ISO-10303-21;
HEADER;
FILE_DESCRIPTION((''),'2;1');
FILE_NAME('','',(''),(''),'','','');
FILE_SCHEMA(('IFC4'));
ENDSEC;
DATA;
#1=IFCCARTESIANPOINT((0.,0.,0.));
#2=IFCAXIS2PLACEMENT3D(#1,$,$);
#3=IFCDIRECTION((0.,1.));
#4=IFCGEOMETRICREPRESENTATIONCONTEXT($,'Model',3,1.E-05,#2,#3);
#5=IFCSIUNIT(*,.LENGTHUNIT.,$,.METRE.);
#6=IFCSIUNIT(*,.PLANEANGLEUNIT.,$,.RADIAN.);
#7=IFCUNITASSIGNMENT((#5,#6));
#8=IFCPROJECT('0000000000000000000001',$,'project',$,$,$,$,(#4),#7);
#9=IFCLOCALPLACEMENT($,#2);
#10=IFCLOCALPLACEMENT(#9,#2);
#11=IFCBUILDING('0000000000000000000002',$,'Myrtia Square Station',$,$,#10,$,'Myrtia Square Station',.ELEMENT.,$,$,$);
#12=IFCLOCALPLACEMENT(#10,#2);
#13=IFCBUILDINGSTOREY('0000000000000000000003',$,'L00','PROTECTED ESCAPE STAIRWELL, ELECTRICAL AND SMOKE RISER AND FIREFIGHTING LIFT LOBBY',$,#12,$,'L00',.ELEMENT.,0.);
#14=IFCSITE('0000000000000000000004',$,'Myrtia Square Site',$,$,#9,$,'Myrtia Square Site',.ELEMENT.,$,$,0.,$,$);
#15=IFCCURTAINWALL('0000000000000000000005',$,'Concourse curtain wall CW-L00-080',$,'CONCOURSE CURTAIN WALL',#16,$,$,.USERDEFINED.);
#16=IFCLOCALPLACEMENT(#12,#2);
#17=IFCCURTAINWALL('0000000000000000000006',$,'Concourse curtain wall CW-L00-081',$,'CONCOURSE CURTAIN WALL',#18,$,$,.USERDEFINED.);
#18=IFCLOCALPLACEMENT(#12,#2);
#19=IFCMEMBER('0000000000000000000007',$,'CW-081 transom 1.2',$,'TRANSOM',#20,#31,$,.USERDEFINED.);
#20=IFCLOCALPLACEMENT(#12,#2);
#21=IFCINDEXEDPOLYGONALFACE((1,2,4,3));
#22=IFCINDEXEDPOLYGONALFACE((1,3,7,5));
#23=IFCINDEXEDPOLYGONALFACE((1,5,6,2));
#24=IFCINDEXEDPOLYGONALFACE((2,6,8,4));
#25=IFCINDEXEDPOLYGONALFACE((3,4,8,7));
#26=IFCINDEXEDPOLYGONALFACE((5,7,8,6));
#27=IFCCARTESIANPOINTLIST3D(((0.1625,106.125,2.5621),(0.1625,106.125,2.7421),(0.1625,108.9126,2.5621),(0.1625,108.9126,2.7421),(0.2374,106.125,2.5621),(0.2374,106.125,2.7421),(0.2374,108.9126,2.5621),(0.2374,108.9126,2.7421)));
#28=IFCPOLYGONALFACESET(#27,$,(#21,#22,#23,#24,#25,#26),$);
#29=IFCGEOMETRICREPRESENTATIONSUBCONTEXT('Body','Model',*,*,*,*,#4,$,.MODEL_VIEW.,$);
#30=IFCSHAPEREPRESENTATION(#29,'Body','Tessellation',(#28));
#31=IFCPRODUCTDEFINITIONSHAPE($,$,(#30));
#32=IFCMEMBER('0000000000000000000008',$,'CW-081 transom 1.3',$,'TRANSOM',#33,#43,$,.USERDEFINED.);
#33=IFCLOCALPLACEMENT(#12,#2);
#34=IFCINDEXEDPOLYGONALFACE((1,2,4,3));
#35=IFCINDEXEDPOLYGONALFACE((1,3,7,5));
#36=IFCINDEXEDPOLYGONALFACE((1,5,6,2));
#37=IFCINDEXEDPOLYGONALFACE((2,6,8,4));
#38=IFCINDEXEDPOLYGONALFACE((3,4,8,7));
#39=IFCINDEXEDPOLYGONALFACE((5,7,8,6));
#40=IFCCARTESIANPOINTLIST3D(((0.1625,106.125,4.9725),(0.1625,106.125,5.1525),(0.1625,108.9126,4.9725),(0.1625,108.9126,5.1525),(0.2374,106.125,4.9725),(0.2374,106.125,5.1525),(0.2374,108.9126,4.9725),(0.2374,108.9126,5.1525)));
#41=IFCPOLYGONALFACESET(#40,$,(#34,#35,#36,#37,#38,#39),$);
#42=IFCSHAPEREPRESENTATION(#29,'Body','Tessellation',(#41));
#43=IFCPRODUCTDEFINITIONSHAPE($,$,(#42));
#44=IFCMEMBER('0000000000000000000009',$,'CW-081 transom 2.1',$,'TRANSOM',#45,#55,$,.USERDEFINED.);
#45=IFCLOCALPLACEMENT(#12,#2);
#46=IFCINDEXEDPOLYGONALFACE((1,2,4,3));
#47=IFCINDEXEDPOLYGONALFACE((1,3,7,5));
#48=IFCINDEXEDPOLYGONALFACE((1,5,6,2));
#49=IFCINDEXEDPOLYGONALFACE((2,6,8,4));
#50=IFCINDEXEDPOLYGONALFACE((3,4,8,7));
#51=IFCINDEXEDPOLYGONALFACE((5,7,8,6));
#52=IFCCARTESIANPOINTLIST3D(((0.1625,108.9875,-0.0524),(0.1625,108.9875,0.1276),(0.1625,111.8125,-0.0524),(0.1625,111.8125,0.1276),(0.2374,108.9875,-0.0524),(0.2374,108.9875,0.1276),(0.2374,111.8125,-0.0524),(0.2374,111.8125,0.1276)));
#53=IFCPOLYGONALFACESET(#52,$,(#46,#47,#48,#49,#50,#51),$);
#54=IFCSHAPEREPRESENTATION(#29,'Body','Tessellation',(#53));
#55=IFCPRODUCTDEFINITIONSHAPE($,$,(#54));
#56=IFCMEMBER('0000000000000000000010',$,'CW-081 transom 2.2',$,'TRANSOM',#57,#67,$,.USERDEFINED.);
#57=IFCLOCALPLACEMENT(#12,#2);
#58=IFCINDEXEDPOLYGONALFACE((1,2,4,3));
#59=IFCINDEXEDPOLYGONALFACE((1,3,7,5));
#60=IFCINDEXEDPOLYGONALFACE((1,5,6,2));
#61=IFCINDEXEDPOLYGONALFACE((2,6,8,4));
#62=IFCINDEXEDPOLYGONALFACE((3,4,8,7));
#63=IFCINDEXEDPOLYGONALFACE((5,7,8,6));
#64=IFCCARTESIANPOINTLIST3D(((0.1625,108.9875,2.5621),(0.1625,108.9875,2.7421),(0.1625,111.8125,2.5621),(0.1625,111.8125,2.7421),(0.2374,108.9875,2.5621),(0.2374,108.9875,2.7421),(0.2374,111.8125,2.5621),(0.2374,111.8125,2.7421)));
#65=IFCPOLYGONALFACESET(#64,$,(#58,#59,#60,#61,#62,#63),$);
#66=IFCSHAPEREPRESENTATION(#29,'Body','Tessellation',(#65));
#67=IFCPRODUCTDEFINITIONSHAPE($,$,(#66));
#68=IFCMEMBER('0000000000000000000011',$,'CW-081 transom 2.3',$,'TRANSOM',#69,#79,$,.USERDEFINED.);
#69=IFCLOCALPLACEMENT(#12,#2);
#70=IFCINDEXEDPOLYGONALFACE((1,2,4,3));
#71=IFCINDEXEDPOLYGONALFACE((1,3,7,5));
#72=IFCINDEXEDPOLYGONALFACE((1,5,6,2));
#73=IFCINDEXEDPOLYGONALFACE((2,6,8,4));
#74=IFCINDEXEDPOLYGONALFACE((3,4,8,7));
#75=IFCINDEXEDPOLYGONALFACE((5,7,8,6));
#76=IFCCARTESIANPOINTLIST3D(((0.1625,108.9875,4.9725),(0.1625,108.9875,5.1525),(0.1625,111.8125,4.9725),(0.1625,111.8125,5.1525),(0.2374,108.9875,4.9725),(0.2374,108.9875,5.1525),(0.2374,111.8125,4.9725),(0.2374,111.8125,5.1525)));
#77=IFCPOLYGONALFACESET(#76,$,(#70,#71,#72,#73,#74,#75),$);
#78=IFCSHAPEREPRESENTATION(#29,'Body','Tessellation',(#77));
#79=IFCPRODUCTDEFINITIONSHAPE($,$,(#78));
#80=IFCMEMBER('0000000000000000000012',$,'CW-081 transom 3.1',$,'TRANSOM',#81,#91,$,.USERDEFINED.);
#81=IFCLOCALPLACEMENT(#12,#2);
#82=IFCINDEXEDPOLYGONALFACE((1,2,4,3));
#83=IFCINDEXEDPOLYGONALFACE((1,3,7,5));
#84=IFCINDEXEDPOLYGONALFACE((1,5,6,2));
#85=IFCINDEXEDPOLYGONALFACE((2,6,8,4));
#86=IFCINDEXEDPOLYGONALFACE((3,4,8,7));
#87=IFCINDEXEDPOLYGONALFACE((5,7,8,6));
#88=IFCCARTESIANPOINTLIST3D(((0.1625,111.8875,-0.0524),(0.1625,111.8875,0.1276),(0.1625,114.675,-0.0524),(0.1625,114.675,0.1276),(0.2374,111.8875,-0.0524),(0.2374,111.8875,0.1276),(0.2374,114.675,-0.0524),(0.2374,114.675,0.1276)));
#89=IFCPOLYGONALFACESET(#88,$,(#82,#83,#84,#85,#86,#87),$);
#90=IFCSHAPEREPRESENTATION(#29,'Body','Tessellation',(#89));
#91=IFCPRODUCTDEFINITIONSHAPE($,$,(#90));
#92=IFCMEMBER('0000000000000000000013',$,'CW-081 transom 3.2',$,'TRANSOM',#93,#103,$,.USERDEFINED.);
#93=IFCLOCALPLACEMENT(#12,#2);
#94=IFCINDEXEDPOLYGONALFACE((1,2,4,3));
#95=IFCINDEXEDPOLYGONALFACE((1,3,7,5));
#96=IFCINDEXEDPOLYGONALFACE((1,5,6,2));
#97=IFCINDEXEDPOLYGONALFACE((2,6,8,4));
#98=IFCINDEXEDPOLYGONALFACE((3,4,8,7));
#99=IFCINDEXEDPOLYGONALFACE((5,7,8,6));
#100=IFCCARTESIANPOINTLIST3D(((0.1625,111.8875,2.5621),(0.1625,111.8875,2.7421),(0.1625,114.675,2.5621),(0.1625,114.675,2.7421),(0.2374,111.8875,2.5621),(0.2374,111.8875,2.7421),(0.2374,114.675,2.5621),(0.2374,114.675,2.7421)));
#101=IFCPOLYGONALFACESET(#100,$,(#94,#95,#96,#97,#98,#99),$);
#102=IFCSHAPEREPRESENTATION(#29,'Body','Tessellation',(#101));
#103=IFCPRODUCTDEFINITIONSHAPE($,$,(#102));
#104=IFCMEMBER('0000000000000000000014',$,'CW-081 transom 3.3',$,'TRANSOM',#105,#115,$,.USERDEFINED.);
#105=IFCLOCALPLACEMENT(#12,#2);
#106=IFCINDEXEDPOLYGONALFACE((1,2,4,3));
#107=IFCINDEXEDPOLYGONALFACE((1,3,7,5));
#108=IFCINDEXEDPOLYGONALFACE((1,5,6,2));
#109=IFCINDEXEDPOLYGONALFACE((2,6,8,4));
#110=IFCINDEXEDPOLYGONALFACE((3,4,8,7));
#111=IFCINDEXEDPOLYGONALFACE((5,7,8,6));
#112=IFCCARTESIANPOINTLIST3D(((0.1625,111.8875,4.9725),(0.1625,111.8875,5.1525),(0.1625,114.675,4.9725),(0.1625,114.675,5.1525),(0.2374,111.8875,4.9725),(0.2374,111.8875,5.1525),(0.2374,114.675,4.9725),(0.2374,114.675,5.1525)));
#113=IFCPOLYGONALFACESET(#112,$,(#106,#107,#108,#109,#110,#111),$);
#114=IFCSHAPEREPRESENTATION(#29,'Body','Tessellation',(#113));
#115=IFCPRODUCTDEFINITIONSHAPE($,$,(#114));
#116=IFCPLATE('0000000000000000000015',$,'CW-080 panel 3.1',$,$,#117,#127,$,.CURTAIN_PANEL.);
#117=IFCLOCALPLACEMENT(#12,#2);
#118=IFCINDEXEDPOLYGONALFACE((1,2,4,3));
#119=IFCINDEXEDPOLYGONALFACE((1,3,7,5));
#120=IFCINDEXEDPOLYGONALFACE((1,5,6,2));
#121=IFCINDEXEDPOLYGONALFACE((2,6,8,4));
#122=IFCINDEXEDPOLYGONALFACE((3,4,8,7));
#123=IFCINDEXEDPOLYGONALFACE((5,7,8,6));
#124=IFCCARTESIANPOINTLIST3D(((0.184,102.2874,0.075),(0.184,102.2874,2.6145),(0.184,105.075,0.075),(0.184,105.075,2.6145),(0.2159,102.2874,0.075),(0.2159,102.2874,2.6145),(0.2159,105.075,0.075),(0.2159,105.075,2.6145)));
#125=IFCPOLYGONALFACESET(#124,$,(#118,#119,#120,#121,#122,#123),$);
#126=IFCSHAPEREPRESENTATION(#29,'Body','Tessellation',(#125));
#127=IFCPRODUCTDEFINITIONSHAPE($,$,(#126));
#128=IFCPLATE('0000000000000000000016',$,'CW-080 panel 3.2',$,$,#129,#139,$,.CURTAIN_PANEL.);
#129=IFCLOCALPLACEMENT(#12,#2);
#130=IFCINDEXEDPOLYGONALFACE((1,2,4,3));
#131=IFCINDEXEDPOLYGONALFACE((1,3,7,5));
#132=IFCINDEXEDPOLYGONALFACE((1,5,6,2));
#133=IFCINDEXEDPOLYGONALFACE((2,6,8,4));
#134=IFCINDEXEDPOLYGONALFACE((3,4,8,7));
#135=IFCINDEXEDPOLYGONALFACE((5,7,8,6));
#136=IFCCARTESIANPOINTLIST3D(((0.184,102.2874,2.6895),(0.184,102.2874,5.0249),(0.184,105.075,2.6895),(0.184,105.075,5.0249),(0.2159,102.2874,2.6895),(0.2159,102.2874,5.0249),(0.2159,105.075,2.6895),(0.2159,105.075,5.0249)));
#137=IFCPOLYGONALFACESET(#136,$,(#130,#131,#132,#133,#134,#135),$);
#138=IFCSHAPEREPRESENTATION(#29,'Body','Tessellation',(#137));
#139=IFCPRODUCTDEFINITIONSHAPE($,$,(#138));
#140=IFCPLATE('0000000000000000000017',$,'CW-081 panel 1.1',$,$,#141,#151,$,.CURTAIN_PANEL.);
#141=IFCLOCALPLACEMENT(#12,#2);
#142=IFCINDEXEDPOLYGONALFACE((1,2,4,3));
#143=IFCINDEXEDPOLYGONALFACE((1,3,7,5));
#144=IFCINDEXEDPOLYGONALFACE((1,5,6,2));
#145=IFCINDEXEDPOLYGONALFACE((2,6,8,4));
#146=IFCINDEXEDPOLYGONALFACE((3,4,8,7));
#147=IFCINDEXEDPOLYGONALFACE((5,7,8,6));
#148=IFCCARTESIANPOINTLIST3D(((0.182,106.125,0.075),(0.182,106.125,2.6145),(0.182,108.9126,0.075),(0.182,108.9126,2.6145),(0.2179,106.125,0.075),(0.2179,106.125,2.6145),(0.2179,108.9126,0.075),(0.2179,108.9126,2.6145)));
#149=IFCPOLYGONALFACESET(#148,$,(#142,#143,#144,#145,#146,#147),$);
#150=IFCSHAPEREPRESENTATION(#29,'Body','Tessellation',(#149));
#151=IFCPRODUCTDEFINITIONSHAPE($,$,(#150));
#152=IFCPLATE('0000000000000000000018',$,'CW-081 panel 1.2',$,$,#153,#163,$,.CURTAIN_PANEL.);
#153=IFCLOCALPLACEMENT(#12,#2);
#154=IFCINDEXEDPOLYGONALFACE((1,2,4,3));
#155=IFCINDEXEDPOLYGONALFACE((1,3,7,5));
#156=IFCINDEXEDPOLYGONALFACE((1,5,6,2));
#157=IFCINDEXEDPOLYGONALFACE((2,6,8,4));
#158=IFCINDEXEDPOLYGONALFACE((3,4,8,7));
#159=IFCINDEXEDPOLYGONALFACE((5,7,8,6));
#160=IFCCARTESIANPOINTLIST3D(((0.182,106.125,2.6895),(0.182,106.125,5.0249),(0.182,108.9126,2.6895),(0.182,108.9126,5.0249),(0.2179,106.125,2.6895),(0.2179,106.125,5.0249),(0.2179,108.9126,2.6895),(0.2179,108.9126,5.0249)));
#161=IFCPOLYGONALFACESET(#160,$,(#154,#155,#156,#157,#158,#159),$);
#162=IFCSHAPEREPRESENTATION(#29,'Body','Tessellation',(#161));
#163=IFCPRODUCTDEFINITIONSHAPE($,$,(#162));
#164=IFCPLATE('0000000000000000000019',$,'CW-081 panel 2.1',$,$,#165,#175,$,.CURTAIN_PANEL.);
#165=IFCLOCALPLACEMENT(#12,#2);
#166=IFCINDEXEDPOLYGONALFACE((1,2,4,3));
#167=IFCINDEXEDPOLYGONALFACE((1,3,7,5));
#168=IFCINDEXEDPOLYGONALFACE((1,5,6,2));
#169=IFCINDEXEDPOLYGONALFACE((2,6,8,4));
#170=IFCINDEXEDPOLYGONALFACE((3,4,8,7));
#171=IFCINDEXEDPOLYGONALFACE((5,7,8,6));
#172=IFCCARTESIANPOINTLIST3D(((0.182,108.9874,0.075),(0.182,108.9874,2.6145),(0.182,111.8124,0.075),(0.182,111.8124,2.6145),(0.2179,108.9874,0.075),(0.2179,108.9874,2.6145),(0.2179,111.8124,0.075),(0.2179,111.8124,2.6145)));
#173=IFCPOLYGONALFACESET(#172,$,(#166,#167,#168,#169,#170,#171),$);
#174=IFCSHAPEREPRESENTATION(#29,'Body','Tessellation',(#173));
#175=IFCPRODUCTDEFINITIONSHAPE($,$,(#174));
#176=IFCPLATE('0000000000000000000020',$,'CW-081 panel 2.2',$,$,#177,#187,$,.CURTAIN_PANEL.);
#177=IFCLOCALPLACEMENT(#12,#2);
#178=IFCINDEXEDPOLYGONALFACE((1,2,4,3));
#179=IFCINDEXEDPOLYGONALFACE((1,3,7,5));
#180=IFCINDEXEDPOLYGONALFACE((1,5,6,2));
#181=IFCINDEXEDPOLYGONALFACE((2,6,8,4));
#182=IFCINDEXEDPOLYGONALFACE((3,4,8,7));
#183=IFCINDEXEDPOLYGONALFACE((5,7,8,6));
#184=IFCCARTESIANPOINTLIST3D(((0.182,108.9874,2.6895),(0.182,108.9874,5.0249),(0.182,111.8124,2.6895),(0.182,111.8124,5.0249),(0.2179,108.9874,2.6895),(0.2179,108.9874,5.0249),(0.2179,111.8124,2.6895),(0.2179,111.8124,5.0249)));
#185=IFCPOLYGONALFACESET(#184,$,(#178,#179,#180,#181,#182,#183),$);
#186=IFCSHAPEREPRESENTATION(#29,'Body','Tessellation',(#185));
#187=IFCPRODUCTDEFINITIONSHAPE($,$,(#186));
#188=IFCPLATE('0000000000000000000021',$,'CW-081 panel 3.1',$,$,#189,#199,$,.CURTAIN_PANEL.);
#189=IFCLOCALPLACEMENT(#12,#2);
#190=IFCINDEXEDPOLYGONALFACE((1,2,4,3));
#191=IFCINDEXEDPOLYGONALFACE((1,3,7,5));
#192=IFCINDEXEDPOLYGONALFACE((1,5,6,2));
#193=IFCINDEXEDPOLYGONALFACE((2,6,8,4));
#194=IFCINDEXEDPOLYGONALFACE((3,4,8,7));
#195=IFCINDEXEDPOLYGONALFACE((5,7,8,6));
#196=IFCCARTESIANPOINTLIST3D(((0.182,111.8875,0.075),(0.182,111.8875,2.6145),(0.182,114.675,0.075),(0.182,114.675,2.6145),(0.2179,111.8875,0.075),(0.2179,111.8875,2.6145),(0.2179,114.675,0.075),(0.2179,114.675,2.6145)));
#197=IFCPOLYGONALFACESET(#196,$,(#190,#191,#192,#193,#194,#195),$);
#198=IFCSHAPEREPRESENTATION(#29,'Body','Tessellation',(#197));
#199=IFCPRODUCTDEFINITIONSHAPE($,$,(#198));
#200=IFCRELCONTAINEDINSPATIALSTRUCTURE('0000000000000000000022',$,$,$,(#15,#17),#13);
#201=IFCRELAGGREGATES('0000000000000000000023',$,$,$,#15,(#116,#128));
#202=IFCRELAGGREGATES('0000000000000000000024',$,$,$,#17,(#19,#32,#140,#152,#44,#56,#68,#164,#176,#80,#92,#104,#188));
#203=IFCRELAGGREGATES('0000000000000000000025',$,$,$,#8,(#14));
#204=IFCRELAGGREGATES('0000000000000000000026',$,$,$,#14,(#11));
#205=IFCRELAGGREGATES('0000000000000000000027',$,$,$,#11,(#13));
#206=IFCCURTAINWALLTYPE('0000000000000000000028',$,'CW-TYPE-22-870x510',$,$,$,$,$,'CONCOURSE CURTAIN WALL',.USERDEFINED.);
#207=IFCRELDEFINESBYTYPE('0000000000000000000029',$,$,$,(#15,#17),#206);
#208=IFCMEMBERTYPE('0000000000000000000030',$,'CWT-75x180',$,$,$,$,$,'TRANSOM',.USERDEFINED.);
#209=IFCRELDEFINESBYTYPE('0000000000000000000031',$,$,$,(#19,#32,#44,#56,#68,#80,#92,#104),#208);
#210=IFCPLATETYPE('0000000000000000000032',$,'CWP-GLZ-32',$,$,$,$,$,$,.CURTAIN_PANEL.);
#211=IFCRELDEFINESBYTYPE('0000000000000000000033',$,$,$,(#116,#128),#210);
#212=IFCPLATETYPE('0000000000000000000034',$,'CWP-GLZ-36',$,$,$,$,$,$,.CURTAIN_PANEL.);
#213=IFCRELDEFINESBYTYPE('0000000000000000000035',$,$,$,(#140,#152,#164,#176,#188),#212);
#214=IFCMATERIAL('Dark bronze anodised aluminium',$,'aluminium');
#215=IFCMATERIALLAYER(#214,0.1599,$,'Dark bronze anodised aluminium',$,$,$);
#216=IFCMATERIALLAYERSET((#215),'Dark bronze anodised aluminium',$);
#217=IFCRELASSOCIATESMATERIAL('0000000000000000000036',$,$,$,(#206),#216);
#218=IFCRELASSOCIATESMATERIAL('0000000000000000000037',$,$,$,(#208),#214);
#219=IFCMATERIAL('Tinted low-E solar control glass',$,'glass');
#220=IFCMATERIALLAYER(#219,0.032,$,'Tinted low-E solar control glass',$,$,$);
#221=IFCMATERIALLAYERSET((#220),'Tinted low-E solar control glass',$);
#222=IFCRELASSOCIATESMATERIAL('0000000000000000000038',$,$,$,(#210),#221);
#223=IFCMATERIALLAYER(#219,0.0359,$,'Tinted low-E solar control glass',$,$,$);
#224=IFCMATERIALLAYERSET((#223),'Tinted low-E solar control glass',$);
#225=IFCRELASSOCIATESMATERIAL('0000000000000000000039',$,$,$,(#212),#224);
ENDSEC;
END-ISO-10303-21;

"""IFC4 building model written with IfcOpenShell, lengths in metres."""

from ifc_helpers import new_model, si_unit, direction, frame, origin, origin_2d, place, context, subcontext, project, spatial, rectangle, extrude, material, layer, layer_set, material_profile, profile_set, type_object, element, aggregate, save


model = new_model("IFC4")

# Units and contexts
model_context = context("Model", 3, precision=1e-05, world=origin(), true_north=direction((0.0, 1.0)))
body_context = subcontext(model_context, "Body", "Model", "MODEL_VIEW")
ifc_project = project(units=[si_unit("LENGTHUNIT", "METRE"), si_unit("PLANEANGLEUNIT", "RADIAN")], contexts=[model_context])

# Site, building, storey
site_placement = place(None, origin())
site = spatial("IfcSite", under=ifc_project, at=site_placement, Name="Myrtia Square Site", LongName="Myrtia Square Site", CompositionType="ELEMENT", RefElevation=0.0)
building_placement = place(site_placement, origin())
building = spatial("IfcBuilding", under=site, at=building_placement, Name="Myrtia Square Station", LongName="Myrtia Square Station", CompositionType="ELEMENT")
storey_placement = place(building_placement, origin())
storey = spatial("IfcBuildingStorey", under=building, at=storey_placement, Name="L00", Description="PROTECTED ESCAPE STAIRWELL, ELECTRICAL AND SMOKE RISER AND FIREFIGHTING LIFT LOBBY", LongName="L00", CompositionType="ELEMENT", Elevation=0.0)

# Curtain walls
ifc_material_1 = material(Name="Dark bronze anodised aluminium", Category="aluminium")
ifc_layer_1 = layer(ifc_material_1, 0.1599, Name="Dark bronze anodised aluminium")
ifc_layer_set_1 = layer_set([ifc_layer_1], Name="Dark bronze anodised aluminium")
curtain_wall_type = type_object("IfcCurtainWallType", Name="CW-TYPE-22-870x510", ElementType="CONCOURSE CURTAIN WALL", PredefinedType="USERDEFINED", material=ifc_layer_set_1)
curtain_wall_1_placement = place(storey_placement, origin())
curtain_wall_1 = element("IfcCurtainWall", 1, at=curtain_wall_1_placement, inside=storey, type_object=curtain_wall_type, Name="Concourse curtain wall CW-L00-080", ObjectType="CONCOURSE CURTAIN WALL", PredefinedType="USERDEFINED")
curtain_wall_2_placement = place(storey_placement, origin())
curtain_wall_2 = element("IfcCurtainWall", 2, at=curtain_wall_2_placement, inside=storey, type_object=curtain_wall_type, Name="Concourse curtain wall CW-L00-081", ObjectType="CONCOURSE CURTAIN WALL", PredefinedType="USERDEFINED")

# Members
ifc_material_profile_1 = material_profile(ifc_material_1, rectangle(XDim=0.075, YDim=0.1799, at=origin_2d()), Name="ALU-T 75x180")
ifc_profile_set_1 = profile_set([ifc_material_profile_1], Name="Dark bronze anodised aluminium")
member_type_1 = type_object("IfcMemberType", Name="CWT-75x180", ElementType="TRANSOM", PredefinedType="USERDEFINED", material=ifc_profile_set_1)
member_1_placement = place(storey_placement, frame((0.2, 106.125, 2.6521), z_axis=(0.0, 1.0, 0.0), x_axis=(-1.0, 0.0, 0.0)))
member_1 = element("IfcMember", 3, at=member_1_placement, type_object=member_type_1, Name="CW-081 transom 1.2", ObjectType="TRANSOM", PredefinedType="USERDEFINED", context=body_context, shape_type="SweptSolid", body=[
    extrude(rectangle(XDim=0.075, YDim=0.1799, at=origin_2d()), origin(), (0.0, 0.0, 1.0), 2.7876),
])
member_2_placement = place(storey_placement, frame((0.2, 106.125, 5.0625), z_axis=(0.0, 1.0, 0.0), x_axis=(-1.0, 0.0, 0.0)))
member_2 = element("IfcMember", 4, at=member_2_placement, type_object=member_type_1, Name="CW-081 transom 1.3", ObjectType="TRANSOM", PredefinedType="USERDEFINED", context=body_context, shape_type="SweptSolid", body=[
    extrude(rectangle(XDim=0.075, YDim=0.1799, at=origin_2d()), origin(), (0.0, 0.0, 1.0), 2.7876),
])
member_3_placement = place(storey_placement, frame((0.2, 108.9875, 0.0376), z_axis=(0.0, 1.0, 0.0), x_axis=(-1.0, 0.0, 0.0)))
member_3 = element("IfcMember", 5, at=member_3_placement, type_object=member_type_1, Name="CW-081 transom 2.1", ObjectType="TRANSOM", PredefinedType="USERDEFINED", context=body_context, shape_type="SweptSolid", body=[
    extrude(rectangle(XDim=0.075, YDim=0.1799, at=origin_2d()), origin(), (0.0, 0.0, 1.0), 2.825),
])
member_4_placement = place(storey_placement, frame((0.2, 108.9875, 2.6521), z_axis=(0.0, 1.0, 0.0), x_axis=(-1.0, 0.0, 0.0)))
member_4 = element("IfcMember", 6, at=member_4_placement, type_object=member_type_1, Name="CW-081 transom 2.2", ObjectType="TRANSOM", PredefinedType="USERDEFINED", context=body_context, shape_type="SweptSolid", body=[
    extrude(rectangle(XDim=0.075, YDim=0.1799, at=origin_2d()), origin(), (0.0, 0.0, 1.0), 2.825),
])
member_5_placement = place(storey_placement, frame((0.2, 108.9875, 5.0625), z_axis=(0.0, 1.0, 0.0), x_axis=(-1.0, 0.0, 0.0)))
member_5 = element("IfcMember", 7, at=member_5_placement, type_object=member_type_1, Name="CW-081 transom 2.3", ObjectType="TRANSOM", PredefinedType="USERDEFINED", context=body_context, shape_type="SweptSolid", body=[
    extrude(rectangle(XDim=0.075, YDim=0.1799, at=origin_2d()), origin(), (0.0, 0.0, 1.0), 2.825),
])
member_6_placement = place(storey_placement, frame((0.2, 111.8875, 0.0376), z_axis=(0.0, 1.0, 0.0), x_axis=(-1.0, 0.0, 0.0)))
member_6 = element("IfcMember", 8, at=member_6_placement, type_object=member_type_1, Name="CW-081 transom 3.1", ObjectType="TRANSOM", PredefinedType="USERDEFINED", context=body_context, shape_type="SweptSolid", body=[
    extrude(rectangle(XDim=0.075, YDim=0.1799, at=origin_2d()), origin(), (0.0, 0.0, 1.0), 2.7876),
])
member_7_placement = place(storey_placement, frame((0.2, 111.8875, 2.6521), z_axis=(0.0, 1.0, 0.0), x_axis=(-1.0, 0.0, 0.0)))
member_7 = element("IfcMember", 9, at=member_7_placement, type_object=member_type_1, Name="CW-081 transom 3.2", ObjectType="TRANSOM", PredefinedType="USERDEFINED", context=body_context, shape_type="SweptSolid", body=[
    extrude(rectangle(XDim=0.075, YDim=0.1799, at=origin_2d()), origin(), (0.0, 0.0, 1.0), 2.7876),
])
member_8_placement = place(storey_placement, frame((0.2, 111.8875, 5.0625), z_axis=(0.0, 1.0, 0.0), x_axis=(-1.0, 0.0, 0.0)))
member_8 = element("IfcMember", 10, at=member_8_placement, type_object=member_type_1, Name="CW-081 transom 3.3", ObjectType="TRANSOM", PredefinedType="USERDEFINED", context=body_context, shape_type="SweptSolid", body=[
    extrude(rectangle(XDim=0.075, YDim=0.1799, at=origin_2d()), origin(), (0.0, 0.0, 1.0), 2.7876),
])

# Plates
ifc_material_2 = material(Name="Tinted low-E solar control glass", Category="glass")
ifc_layer_2 = layer(ifc_material_2, 0.032, Name="Tinted low-E solar control glass")
ifc_layer_set_2 = layer_set([ifc_layer_2], Name="Tinted low-E solar control glass")
plate_type_1 = type_object("IfcPlateType", Name="CWP-GLZ-32", PredefinedType="CURTAIN_PANEL", material=ifc_layer_set_2)
plate_1_placement = place(storey_placement, frame((0.2, 103.6812, 0.075), z_axis=(0.0, 0.0, 1.0), x_axis=(0.0, 1.0, 0.0)))
plate_1 = element("IfcPlate", 11, at=plate_1_placement, type_object=plate_type_1, Name="CW-080 panel 3.1", PredefinedType="CURTAIN_PANEL", context=body_context, shape_type="SweptSolid", body=[
    extrude(rectangle(XDim=2.7876, YDim=0.032, at=origin_2d()), origin(), (0.0, 0.0, 1.0), 2.5396),
])
plate_2_placement = place(storey_placement, frame((0.2, 103.6812, 2.6895), z_axis=(0.0, 0.0, 1.0), x_axis=(0.0, 1.0, 0.0)))
plate_2 = element("IfcPlate", 12, at=plate_2_placement, type_object=plate_type_1, Name="CW-080 panel 3.2", PredefinedType="CURTAIN_PANEL", context=body_context, shape_type="SweptSolid", body=[
    extrude(rectangle(XDim=2.7876, YDim=0.032, at=origin_2d()), origin(), (0.0, 0.0, 1.0), 2.3354),
])
aggregate(curtain_wall_1, [plate_1, plate_2])
ifc_layer_3 = layer(ifc_material_2, 0.0359, Name="Tinted low-E solar control glass")
ifc_layer_set_3 = layer_set([ifc_layer_3], Name="Tinted low-E solar control glass")
plate_type_2 = type_object("IfcPlateType", Name="CWP-GLZ-36", PredefinedType="CURTAIN_PANEL", material=ifc_layer_set_3)
plate_3_placement = place(storey_placement, frame((0.2, 107.5188, 0.075), z_axis=(0.0, 0.0, 1.0), x_axis=(0.0, 1.0, 0.0)))
plate_3 = element("IfcPlate", 13, at=plate_3_placement, type_object=plate_type_2, Name="CW-081 panel 1.1", PredefinedType="CURTAIN_PANEL", context=body_context, shape_type="SweptSolid", body=[
    extrude(rectangle(XDim=2.7876, YDim=0.0359, at=origin_2d()), origin(), (0.0, 0.0, 1.0), 2.5396),
])
plate_4_placement = place(storey_placement, frame((0.2, 107.5188, 2.6895), z_axis=(0.0, 0.0, 1.0), x_axis=(0.0, 1.0, 0.0)))
plate_4 = element("IfcPlate", 14, at=plate_4_placement, type_object=plate_type_2, Name="CW-081 panel 1.2", PredefinedType="CURTAIN_PANEL", context=body_context, shape_type="SweptSolid", body=[
    extrude(rectangle(XDim=2.7876, YDim=0.0359, at=origin_2d()), origin(), (0.0, 0.0, 1.0), 2.3354),
])
plate_5_placement = place(storey_placement, frame((0.2, 110.3999, 0.075), z_axis=(0.0, 0.0, 1.0), x_axis=(0.0, 1.0, 0.0)))
plate_5 = element("IfcPlate", 15, at=plate_5_placement, type_object=plate_type_2, Name="CW-081 panel 2.1", PredefinedType="CURTAIN_PANEL", context=body_context, shape_type="SweptSolid", body=[
    extrude(rectangle(XDim=2.825, YDim=0.0359, at=origin_2d()), origin(), (0.0, 0.0, 1.0), 2.5396),
])
plate_6_placement = place(storey_placement, frame((0.2, 110.3999, 2.6895), z_axis=(0.0, 0.0, 1.0), x_axis=(0.0, 1.0, 0.0)))
plate_6 = element("IfcPlate", 16, at=plate_6_placement, type_object=plate_type_2, Name="CW-081 panel 2.2", PredefinedType="CURTAIN_PANEL", context=body_context, shape_type="SweptSolid", body=[
    extrude(rectangle(XDim=2.825, YDim=0.0359, at=origin_2d()), origin(), (0.0, 0.0, 1.0), 2.3354),
])
plate_7_placement = place(storey_placement, frame((0.2, 113.2812, 0.075), z_axis=(0.0, 0.0, 1.0), x_axis=(0.0, 1.0, 0.0)))
plate_7 = element("IfcPlate", 17, at=plate_7_placement, type_object=plate_type_2, Name="CW-081 panel 3.1", PredefinedType="CURTAIN_PANEL", context=body_context, shape_type="SweptSolid", body=[
    extrude(rectangle(XDim=2.7876, YDim=0.0359, at=origin_2d()), origin(), (0.0, 0.0, 1.0), 2.5396),
])
aggregate(curtain_wall_2, [member_1, member_2, plate_3, plate_4, member_3, member_4, member_5, plate_5, plate_6, member_6, member_7, member_8, plate_7])

save(model, "model.ifc")
